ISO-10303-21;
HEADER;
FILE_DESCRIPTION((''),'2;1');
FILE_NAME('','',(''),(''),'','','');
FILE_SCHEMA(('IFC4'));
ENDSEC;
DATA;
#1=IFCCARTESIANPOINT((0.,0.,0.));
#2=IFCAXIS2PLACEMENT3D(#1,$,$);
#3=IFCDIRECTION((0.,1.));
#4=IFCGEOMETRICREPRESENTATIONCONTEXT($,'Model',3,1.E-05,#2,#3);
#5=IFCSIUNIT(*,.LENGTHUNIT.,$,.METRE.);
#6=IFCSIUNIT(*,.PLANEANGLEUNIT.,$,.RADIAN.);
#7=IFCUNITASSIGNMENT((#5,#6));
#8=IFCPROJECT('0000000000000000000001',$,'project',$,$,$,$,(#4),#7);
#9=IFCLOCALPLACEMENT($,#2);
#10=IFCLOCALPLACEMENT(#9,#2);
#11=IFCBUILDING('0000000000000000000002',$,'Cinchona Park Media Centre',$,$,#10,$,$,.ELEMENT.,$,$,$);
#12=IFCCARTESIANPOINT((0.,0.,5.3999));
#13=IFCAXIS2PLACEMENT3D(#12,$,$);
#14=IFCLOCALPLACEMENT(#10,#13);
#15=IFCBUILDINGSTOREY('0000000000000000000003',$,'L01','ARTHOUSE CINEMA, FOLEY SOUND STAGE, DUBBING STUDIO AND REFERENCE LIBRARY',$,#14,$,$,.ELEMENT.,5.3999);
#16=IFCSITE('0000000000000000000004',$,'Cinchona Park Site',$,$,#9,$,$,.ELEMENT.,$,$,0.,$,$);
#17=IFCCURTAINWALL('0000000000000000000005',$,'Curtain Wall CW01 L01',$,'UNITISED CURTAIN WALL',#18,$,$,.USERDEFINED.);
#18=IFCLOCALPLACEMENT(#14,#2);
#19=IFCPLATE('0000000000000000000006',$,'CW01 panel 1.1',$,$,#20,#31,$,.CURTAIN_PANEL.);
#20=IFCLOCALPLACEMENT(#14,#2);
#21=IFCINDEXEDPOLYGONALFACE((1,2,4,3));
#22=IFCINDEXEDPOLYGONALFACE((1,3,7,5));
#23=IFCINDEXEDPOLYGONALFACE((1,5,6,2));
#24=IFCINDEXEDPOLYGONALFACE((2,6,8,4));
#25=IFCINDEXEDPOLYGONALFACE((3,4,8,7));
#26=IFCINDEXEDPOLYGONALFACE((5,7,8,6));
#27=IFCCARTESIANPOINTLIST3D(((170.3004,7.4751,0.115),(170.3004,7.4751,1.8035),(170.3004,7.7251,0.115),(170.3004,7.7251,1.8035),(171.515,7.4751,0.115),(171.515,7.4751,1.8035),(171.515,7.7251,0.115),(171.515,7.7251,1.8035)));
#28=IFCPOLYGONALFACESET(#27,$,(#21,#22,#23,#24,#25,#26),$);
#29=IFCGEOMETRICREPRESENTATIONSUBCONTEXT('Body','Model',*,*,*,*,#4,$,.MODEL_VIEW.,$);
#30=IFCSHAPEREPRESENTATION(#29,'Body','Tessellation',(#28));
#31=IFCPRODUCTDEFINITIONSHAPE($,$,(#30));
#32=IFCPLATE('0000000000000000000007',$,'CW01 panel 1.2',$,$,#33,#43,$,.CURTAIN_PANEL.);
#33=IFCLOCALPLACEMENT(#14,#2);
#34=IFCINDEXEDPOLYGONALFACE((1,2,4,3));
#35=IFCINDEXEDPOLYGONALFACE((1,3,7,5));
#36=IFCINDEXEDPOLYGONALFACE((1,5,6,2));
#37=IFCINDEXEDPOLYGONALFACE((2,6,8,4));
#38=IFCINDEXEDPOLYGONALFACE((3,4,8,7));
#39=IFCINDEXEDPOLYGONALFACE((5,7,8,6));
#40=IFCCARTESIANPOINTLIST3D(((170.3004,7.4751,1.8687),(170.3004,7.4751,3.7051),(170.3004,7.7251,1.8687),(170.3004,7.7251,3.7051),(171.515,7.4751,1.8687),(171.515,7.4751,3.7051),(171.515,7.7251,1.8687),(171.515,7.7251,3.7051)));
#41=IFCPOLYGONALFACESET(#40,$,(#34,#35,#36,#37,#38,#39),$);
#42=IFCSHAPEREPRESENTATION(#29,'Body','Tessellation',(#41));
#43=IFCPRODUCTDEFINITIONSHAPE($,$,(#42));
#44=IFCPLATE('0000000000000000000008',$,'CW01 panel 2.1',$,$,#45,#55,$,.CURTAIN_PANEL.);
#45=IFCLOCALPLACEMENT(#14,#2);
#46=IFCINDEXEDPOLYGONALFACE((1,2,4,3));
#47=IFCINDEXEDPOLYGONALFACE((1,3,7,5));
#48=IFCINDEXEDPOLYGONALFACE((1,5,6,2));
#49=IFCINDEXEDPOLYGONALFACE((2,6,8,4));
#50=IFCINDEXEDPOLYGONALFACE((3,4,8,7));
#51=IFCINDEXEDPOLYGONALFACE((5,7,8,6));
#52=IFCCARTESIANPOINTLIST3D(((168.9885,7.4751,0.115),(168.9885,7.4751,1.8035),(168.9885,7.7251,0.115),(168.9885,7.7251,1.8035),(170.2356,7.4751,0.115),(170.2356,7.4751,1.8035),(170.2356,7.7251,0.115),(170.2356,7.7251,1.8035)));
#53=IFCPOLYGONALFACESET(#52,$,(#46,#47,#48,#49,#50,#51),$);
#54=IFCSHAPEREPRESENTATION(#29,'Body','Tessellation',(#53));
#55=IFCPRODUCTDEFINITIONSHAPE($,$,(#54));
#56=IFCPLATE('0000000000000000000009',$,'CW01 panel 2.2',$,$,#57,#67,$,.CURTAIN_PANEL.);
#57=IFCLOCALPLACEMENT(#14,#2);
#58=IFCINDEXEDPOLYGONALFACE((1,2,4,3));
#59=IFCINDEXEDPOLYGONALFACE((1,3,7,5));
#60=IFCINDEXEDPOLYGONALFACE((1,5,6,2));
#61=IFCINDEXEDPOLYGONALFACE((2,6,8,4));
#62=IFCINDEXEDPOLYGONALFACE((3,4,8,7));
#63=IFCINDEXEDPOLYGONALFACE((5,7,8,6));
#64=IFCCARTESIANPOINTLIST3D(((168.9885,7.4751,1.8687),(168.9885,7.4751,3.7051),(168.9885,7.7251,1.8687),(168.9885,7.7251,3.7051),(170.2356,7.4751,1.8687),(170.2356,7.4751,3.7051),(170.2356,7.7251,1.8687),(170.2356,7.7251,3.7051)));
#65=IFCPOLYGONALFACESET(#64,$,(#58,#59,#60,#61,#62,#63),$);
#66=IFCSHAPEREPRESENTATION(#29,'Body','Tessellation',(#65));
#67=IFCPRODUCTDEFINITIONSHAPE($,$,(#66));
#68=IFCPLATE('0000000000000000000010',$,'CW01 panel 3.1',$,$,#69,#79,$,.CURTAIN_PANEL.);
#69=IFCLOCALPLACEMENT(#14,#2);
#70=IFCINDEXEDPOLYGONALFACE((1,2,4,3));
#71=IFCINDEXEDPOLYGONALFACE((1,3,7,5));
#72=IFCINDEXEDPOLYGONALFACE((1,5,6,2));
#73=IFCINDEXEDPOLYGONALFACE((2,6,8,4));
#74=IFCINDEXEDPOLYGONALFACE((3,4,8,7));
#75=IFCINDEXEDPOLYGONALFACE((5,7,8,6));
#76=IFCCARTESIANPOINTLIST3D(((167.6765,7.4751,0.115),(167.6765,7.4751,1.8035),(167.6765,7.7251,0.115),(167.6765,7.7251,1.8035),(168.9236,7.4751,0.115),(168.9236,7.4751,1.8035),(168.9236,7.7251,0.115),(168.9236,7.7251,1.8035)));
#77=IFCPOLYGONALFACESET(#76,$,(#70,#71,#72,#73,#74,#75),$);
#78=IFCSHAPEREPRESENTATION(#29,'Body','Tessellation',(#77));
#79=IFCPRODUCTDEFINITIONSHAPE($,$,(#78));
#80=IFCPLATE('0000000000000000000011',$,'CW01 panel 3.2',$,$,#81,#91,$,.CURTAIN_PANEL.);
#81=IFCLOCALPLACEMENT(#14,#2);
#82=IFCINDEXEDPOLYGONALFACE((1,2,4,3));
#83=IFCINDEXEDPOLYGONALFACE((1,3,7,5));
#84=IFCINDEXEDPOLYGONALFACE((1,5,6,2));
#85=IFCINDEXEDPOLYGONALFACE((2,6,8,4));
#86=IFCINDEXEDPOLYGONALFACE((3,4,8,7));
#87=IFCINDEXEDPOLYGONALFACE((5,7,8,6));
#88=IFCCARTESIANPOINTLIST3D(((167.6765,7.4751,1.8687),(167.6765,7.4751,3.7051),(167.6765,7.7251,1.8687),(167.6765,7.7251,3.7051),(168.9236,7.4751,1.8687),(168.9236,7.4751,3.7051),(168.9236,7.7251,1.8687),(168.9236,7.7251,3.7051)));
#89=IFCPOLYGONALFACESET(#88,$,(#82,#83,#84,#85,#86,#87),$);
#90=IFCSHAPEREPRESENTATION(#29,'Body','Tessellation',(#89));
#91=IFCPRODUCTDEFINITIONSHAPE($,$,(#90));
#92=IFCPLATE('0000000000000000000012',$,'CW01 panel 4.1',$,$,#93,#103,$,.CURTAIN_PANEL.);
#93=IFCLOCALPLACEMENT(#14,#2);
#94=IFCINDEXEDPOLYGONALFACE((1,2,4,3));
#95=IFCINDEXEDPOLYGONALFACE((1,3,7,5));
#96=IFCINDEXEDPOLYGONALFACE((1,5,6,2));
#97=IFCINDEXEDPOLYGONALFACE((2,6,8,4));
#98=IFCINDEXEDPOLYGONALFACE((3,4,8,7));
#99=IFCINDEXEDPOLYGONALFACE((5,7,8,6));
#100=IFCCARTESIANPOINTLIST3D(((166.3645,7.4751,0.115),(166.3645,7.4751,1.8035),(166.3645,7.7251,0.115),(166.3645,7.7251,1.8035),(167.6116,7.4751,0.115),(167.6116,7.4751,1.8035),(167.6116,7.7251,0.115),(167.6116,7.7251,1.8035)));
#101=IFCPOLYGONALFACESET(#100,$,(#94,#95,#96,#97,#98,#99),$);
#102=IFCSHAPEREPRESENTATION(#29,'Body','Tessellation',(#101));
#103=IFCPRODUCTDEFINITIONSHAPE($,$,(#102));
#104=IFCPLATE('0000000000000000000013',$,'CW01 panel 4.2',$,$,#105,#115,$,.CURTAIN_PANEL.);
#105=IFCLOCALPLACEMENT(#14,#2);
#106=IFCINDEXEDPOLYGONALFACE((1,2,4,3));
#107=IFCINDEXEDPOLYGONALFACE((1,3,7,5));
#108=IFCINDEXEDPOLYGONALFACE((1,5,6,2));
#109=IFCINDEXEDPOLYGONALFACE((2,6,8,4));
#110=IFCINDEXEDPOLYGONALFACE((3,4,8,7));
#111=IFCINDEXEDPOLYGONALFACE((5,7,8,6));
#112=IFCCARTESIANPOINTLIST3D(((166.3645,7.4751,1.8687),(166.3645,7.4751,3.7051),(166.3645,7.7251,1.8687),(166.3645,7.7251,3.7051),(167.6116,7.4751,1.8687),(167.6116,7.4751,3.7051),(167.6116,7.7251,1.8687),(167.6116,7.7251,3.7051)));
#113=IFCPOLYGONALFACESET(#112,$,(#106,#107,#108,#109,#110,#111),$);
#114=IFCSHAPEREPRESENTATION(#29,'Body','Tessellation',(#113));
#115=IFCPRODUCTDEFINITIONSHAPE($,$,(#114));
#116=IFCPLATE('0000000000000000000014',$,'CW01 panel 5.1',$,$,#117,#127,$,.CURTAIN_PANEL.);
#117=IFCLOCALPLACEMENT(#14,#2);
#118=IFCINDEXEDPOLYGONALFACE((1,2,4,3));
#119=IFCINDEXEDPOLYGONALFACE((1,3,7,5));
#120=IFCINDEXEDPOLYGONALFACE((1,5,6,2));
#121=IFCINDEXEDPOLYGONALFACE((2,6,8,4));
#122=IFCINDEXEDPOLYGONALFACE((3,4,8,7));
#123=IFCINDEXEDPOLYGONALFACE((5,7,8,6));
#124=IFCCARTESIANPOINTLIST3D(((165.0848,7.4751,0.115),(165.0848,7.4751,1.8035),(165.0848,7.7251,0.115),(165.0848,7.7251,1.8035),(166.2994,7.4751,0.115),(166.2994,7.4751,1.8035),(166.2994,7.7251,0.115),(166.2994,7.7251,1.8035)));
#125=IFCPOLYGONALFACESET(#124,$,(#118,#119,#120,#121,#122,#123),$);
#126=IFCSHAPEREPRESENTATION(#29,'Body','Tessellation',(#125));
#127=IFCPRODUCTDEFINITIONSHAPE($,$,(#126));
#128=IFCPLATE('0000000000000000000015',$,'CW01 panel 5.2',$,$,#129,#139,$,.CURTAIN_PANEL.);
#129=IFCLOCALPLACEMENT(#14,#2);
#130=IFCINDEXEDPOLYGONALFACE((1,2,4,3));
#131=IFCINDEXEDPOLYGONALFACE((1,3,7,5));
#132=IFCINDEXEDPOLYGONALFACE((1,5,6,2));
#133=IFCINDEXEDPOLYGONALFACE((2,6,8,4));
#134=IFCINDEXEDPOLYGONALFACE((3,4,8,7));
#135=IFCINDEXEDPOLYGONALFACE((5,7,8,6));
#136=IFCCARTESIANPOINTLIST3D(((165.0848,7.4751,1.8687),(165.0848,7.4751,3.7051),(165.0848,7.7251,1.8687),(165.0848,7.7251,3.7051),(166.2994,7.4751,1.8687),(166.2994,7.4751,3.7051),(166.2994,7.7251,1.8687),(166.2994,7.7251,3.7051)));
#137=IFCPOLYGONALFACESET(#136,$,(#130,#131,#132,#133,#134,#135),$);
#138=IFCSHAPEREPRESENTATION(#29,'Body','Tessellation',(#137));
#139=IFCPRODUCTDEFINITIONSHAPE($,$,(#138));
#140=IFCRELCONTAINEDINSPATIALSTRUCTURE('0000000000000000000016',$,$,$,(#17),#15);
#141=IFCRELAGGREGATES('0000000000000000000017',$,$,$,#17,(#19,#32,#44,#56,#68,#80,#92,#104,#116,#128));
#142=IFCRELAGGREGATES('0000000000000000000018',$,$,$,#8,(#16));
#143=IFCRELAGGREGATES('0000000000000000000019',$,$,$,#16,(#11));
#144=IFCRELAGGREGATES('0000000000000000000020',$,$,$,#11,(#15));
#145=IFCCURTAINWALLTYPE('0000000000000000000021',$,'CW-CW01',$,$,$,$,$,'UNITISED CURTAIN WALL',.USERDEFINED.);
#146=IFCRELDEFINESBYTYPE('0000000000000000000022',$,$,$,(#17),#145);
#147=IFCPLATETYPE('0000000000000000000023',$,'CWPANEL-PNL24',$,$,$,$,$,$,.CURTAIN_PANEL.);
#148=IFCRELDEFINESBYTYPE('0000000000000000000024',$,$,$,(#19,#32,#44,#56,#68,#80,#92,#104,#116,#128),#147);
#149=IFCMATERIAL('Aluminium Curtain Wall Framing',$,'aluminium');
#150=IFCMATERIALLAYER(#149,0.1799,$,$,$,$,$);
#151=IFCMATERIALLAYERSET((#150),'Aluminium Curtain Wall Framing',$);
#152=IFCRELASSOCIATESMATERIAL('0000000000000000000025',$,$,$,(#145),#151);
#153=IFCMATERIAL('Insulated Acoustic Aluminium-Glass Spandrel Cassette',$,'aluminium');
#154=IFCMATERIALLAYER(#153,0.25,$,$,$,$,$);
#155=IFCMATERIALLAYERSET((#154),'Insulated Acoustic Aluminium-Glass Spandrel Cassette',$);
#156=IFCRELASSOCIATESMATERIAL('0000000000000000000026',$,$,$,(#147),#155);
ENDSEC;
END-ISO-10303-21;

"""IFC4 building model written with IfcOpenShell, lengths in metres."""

from ifc_helpers import new_model, si_unit, direction, frame, origin, origin_2d, place, context, subcontext, project, spatial, rectangle, extrude, material, layer, layer_set, type_object, element, aggregate, save


model = new_model("IFC4")

# Units and contexts
model_context = context("Model", 3, precision=1e-05, world=origin(), true_north=direction((0.0, 1.0)))
body_context = subcontext(model_context, "Body", "Model", "MODEL_VIEW")
ifc_project = project(units=[si_unit("LENGTHUNIT", "METRE"), si_unit("PLANEANGLEUNIT", "RADIAN")], contexts=[model_context])

# Site, building, storey
site_placement = place(None, origin())
site = spatial("IfcSite", under=ifc_project, at=site_placement, Name="Cinchona Park Site", CompositionType="ELEMENT", RefElevation=0.0)
building_placement = place(site_placement, origin())
building = spatial("IfcBuilding", under=site, at=building_placement, Name="Cinchona Park Media Centre", CompositionType="ELEMENT")
storey_placement = place(building_placement, frame((0.0, 0.0, 5.3999)))
storey = spatial("IfcBuildingStorey", under=building, at=storey_placement, Name="L01", Description="ARTHOUSE CINEMA, FOLEY SOUND STAGE, DUBBING STUDIO AND REFERENCE LIBRARY", CompositionType="ELEMENT", Elevation=5.3999)

# Curtain wall
ifc_material_1 = material(Name="Aluminium Curtain Wall Framing", Category="aluminium")
ifc_layer_1 = layer(ifc_material_1, 0.1799)
ifc_layer_set_1 = layer_set([ifc_layer_1], Name="Aluminium Curtain Wall Framing")
curtain_wall_type_1 = type_object("IfcCurtainWallType", Name="CW-CW01", ElementType="UNITISED CURTAIN WALL", PredefinedType="USERDEFINED", material=ifc_layer_set_1)
curtain_wall_1_placement = place(storey_placement, origin())
curtain_wall_1 = element("IfcCurtainWall", 1, at=curtain_wall_1_placement, inside=storey, type_object=curtain_wall_type_1, Name="Curtain Wall CW01 L01", ObjectType="UNITISED CURTAIN WALL", PredefinedType="USERDEFINED")

# Plates
ifc_material_2 = material(Name="Insulated Acoustic Aluminium-Glass Spandrel Cassette", Category="aluminium")
ifc_layer_2 = layer(ifc_material_2, 0.25)
ifc_layer_set_2 = layer_set([ifc_layer_2], Name="Insulated Acoustic Aluminium-Glass Spandrel Cassette")
plate_type = type_object("IfcPlateType", Name="CWPANEL-PNL24", PredefinedType="CURTAIN_PANEL", material=ifc_layer_set_2)
plate_1_placement = place(storey_placement, frame((170.9077, 7.6001, 0.115), z_axis=(0.0, 0.0, 1.0), x_axis=(-1.0, 0.0, 0.0)))
plate_1 = element("IfcPlate", 2, at=plate_1_placement, type_object=plate_type, Name="CW01 panel 1.1", PredefinedType="CURTAIN_PANEL", context=body_context, shape_type="SweptSolid", body=[
    extrude(rectangle(XDim=1.2146, YDim=0.25, at=origin_2d()), origin(), (0.0, 0.0, 1.0), 1.6885),
])
plate_2_placement = place(storey_placement, frame((170.9077, 7.6001, 1.8687), z_axis=(0.0, 0.0, 1.0), x_axis=(-1.0, 0.0, 0.0)))
plate_2 = element("IfcPlate", 3, at=plate_2_placement, type_object=plate_type, Name="CW01 panel 1.2", PredefinedType="CURTAIN_PANEL", context=body_context, shape_type="SweptSolid", body=[
    extrude(rectangle(XDim=1.2146, YDim=0.25, at=origin_2d()), origin(), (0.0, 0.0, 1.0), 1.8364),
])
plate_3_placement = place(storey_placement, frame((169.6121, 7.6001, 0.115), z_axis=(0.0, 0.0, 1.0), x_axis=(-1.0, 0.0, 0.0)))
plate_3 = element("IfcPlate", 4, at=plate_3_placement, type_object=plate_type, Name="CW01 panel 2.1", PredefinedType="CURTAIN_PANEL", context=body_context, shape_type="SweptSolid", body=[
    extrude(rectangle(XDim=1.2471, YDim=0.25, at=origin_2d()), origin(), (0.0, 0.0, 1.0), 1.6885),
])
plate_4_placement = place(storey_placement, frame((169.6121, 7.6001, 1.8687), z_axis=(0.0, 0.0, 1.0), x_axis=(-1.0, 0.0, 0.0)))
plate_4 = element("IfcPlate", 5, at=plate_4_placement, type_object=plate_type, Name="CW01 panel 2.2", PredefinedType="CURTAIN_PANEL", context=body_context, shape_type="SweptSolid", body=[
    extrude(rectangle(XDim=1.2471, YDim=0.25, at=origin_2d()), origin(), (0.0, 0.0, 1.0), 1.8364),
])
plate_5_placement = place(storey_placement, frame((168.3, 7.6001, 0.115), z_axis=(0.0, 0.0, 1.0), x_axis=(-1.0, 0.0, 0.0)))
plate_5 = element("IfcPlate", 6, at=plate_5_placement, type_object=plate_type, Name="CW01 panel 3.1", PredefinedType="CURTAIN_PANEL", context=body_context, shape_type="SweptSolid", body=[
    extrude(rectangle(XDim=1.2471, YDim=0.25, at=origin_2d()), origin(), (0.0, 0.0, 1.0), 1.6885),
])
plate_6_placement = place(storey_placement, frame((168.3, 7.6001, 1.8687), z_axis=(0.0, 0.0, 1.0), x_axis=(-1.0, 0.0, 0.0)))
plate_6 = element("IfcPlate", 7, at=plate_6_placement, type_object=plate_type, Name="CW01 panel 3.2", PredefinedType="CURTAIN_PANEL", context=body_context, shape_type="SweptSolid", body=[
    extrude(rectangle(XDim=1.2471, YDim=0.25, at=origin_2d()), origin(), (0.0, 0.0, 1.0), 1.8364),
])
plate_7_placement = place(storey_placement, frame((166.988, 7.6001, 0.115), z_axis=(0.0, 0.0, 1.0), x_axis=(-1.0, 0.0, 0.0)))
plate_7 = element("IfcPlate", 8, at=plate_7_placement, type_object=plate_type, Name="CW01 panel 4.1", PredefinedType="CURTAIN_PANEL", context=body_context, shape_type="SweptSolid", body=[
    extrude(rectangle(XDim=1.2471, YDim=0.25, at=origin_2d()), origin(), (0.0, 0.0, 1.0), 1.6885),
])
plate_8_placement = place(storey_placement, frame((166.988, 7.6001, 1.8687), z_axis=(0.0, 0.0, 1.0), x_axis=(-1.0, 0.0, 0.0)))
plate_8 = element("IfcPlate", 9, at=plate_8_placement, type_object=plate_type, Name="CW01 panel 4.2", PredefinedType="CURTAIN_PANEL", context=body_context, shape_type="SweptSolid", body=[
    extrude(rectangle(XDim=1.2471, YDim=0.25, at=origin_2d()), origin(), (0.0, 0.0, 1.0), 1.8364),
])
plate_9_placement = place(storey_placement, frame((165.6921, 7.6001, 0.115), z_axis=(0.0, 0.0, 1.0), x_axis=(-1.0, 0.0, 0.0)))
plate_9 = element("IfcPlate", 10, at=plate_9_placement, type_object=plate_type, Name="CW01 panel 5.1", PredefinedType="CURTAIN_PANEL", context=body_context, shape_type="SweptSolid", body=[
    extrude(rectangle(XDim=1.2146, YDim=0.25, at=origin_2d()), origin(), (0.0, 0.0, 1.0), 1.6885),
])
plate_10_placement = place(storey_placement, frame((165.6921, 7.6001, 1.8687), z_axis=(0.0, 0.0, 1.0), x_axis=(-1.0, 0.0, 0.0)))
plate_10 = element("IfcPlate", 11, at=plate_10_placement, type_object=plate_type, Name="CW01 panel 5.2", PredefinedType="CURTAIN_PANEL", context=body_context, shape_type="SweptSolid", body=[
    extrude(rectangle(XDim=1.2146, YDim=0.25, at=origin_2d()), origin(), (0.0, 0.0, 1.0), 1.8364),
])
aggregate(curtain_wall_1, [plate_1, plate_2, plate_3, plate_4, plate_5, plate_6, plate_7, plate_8, plate_9, plate_10])

save(model, "model.ifc")
